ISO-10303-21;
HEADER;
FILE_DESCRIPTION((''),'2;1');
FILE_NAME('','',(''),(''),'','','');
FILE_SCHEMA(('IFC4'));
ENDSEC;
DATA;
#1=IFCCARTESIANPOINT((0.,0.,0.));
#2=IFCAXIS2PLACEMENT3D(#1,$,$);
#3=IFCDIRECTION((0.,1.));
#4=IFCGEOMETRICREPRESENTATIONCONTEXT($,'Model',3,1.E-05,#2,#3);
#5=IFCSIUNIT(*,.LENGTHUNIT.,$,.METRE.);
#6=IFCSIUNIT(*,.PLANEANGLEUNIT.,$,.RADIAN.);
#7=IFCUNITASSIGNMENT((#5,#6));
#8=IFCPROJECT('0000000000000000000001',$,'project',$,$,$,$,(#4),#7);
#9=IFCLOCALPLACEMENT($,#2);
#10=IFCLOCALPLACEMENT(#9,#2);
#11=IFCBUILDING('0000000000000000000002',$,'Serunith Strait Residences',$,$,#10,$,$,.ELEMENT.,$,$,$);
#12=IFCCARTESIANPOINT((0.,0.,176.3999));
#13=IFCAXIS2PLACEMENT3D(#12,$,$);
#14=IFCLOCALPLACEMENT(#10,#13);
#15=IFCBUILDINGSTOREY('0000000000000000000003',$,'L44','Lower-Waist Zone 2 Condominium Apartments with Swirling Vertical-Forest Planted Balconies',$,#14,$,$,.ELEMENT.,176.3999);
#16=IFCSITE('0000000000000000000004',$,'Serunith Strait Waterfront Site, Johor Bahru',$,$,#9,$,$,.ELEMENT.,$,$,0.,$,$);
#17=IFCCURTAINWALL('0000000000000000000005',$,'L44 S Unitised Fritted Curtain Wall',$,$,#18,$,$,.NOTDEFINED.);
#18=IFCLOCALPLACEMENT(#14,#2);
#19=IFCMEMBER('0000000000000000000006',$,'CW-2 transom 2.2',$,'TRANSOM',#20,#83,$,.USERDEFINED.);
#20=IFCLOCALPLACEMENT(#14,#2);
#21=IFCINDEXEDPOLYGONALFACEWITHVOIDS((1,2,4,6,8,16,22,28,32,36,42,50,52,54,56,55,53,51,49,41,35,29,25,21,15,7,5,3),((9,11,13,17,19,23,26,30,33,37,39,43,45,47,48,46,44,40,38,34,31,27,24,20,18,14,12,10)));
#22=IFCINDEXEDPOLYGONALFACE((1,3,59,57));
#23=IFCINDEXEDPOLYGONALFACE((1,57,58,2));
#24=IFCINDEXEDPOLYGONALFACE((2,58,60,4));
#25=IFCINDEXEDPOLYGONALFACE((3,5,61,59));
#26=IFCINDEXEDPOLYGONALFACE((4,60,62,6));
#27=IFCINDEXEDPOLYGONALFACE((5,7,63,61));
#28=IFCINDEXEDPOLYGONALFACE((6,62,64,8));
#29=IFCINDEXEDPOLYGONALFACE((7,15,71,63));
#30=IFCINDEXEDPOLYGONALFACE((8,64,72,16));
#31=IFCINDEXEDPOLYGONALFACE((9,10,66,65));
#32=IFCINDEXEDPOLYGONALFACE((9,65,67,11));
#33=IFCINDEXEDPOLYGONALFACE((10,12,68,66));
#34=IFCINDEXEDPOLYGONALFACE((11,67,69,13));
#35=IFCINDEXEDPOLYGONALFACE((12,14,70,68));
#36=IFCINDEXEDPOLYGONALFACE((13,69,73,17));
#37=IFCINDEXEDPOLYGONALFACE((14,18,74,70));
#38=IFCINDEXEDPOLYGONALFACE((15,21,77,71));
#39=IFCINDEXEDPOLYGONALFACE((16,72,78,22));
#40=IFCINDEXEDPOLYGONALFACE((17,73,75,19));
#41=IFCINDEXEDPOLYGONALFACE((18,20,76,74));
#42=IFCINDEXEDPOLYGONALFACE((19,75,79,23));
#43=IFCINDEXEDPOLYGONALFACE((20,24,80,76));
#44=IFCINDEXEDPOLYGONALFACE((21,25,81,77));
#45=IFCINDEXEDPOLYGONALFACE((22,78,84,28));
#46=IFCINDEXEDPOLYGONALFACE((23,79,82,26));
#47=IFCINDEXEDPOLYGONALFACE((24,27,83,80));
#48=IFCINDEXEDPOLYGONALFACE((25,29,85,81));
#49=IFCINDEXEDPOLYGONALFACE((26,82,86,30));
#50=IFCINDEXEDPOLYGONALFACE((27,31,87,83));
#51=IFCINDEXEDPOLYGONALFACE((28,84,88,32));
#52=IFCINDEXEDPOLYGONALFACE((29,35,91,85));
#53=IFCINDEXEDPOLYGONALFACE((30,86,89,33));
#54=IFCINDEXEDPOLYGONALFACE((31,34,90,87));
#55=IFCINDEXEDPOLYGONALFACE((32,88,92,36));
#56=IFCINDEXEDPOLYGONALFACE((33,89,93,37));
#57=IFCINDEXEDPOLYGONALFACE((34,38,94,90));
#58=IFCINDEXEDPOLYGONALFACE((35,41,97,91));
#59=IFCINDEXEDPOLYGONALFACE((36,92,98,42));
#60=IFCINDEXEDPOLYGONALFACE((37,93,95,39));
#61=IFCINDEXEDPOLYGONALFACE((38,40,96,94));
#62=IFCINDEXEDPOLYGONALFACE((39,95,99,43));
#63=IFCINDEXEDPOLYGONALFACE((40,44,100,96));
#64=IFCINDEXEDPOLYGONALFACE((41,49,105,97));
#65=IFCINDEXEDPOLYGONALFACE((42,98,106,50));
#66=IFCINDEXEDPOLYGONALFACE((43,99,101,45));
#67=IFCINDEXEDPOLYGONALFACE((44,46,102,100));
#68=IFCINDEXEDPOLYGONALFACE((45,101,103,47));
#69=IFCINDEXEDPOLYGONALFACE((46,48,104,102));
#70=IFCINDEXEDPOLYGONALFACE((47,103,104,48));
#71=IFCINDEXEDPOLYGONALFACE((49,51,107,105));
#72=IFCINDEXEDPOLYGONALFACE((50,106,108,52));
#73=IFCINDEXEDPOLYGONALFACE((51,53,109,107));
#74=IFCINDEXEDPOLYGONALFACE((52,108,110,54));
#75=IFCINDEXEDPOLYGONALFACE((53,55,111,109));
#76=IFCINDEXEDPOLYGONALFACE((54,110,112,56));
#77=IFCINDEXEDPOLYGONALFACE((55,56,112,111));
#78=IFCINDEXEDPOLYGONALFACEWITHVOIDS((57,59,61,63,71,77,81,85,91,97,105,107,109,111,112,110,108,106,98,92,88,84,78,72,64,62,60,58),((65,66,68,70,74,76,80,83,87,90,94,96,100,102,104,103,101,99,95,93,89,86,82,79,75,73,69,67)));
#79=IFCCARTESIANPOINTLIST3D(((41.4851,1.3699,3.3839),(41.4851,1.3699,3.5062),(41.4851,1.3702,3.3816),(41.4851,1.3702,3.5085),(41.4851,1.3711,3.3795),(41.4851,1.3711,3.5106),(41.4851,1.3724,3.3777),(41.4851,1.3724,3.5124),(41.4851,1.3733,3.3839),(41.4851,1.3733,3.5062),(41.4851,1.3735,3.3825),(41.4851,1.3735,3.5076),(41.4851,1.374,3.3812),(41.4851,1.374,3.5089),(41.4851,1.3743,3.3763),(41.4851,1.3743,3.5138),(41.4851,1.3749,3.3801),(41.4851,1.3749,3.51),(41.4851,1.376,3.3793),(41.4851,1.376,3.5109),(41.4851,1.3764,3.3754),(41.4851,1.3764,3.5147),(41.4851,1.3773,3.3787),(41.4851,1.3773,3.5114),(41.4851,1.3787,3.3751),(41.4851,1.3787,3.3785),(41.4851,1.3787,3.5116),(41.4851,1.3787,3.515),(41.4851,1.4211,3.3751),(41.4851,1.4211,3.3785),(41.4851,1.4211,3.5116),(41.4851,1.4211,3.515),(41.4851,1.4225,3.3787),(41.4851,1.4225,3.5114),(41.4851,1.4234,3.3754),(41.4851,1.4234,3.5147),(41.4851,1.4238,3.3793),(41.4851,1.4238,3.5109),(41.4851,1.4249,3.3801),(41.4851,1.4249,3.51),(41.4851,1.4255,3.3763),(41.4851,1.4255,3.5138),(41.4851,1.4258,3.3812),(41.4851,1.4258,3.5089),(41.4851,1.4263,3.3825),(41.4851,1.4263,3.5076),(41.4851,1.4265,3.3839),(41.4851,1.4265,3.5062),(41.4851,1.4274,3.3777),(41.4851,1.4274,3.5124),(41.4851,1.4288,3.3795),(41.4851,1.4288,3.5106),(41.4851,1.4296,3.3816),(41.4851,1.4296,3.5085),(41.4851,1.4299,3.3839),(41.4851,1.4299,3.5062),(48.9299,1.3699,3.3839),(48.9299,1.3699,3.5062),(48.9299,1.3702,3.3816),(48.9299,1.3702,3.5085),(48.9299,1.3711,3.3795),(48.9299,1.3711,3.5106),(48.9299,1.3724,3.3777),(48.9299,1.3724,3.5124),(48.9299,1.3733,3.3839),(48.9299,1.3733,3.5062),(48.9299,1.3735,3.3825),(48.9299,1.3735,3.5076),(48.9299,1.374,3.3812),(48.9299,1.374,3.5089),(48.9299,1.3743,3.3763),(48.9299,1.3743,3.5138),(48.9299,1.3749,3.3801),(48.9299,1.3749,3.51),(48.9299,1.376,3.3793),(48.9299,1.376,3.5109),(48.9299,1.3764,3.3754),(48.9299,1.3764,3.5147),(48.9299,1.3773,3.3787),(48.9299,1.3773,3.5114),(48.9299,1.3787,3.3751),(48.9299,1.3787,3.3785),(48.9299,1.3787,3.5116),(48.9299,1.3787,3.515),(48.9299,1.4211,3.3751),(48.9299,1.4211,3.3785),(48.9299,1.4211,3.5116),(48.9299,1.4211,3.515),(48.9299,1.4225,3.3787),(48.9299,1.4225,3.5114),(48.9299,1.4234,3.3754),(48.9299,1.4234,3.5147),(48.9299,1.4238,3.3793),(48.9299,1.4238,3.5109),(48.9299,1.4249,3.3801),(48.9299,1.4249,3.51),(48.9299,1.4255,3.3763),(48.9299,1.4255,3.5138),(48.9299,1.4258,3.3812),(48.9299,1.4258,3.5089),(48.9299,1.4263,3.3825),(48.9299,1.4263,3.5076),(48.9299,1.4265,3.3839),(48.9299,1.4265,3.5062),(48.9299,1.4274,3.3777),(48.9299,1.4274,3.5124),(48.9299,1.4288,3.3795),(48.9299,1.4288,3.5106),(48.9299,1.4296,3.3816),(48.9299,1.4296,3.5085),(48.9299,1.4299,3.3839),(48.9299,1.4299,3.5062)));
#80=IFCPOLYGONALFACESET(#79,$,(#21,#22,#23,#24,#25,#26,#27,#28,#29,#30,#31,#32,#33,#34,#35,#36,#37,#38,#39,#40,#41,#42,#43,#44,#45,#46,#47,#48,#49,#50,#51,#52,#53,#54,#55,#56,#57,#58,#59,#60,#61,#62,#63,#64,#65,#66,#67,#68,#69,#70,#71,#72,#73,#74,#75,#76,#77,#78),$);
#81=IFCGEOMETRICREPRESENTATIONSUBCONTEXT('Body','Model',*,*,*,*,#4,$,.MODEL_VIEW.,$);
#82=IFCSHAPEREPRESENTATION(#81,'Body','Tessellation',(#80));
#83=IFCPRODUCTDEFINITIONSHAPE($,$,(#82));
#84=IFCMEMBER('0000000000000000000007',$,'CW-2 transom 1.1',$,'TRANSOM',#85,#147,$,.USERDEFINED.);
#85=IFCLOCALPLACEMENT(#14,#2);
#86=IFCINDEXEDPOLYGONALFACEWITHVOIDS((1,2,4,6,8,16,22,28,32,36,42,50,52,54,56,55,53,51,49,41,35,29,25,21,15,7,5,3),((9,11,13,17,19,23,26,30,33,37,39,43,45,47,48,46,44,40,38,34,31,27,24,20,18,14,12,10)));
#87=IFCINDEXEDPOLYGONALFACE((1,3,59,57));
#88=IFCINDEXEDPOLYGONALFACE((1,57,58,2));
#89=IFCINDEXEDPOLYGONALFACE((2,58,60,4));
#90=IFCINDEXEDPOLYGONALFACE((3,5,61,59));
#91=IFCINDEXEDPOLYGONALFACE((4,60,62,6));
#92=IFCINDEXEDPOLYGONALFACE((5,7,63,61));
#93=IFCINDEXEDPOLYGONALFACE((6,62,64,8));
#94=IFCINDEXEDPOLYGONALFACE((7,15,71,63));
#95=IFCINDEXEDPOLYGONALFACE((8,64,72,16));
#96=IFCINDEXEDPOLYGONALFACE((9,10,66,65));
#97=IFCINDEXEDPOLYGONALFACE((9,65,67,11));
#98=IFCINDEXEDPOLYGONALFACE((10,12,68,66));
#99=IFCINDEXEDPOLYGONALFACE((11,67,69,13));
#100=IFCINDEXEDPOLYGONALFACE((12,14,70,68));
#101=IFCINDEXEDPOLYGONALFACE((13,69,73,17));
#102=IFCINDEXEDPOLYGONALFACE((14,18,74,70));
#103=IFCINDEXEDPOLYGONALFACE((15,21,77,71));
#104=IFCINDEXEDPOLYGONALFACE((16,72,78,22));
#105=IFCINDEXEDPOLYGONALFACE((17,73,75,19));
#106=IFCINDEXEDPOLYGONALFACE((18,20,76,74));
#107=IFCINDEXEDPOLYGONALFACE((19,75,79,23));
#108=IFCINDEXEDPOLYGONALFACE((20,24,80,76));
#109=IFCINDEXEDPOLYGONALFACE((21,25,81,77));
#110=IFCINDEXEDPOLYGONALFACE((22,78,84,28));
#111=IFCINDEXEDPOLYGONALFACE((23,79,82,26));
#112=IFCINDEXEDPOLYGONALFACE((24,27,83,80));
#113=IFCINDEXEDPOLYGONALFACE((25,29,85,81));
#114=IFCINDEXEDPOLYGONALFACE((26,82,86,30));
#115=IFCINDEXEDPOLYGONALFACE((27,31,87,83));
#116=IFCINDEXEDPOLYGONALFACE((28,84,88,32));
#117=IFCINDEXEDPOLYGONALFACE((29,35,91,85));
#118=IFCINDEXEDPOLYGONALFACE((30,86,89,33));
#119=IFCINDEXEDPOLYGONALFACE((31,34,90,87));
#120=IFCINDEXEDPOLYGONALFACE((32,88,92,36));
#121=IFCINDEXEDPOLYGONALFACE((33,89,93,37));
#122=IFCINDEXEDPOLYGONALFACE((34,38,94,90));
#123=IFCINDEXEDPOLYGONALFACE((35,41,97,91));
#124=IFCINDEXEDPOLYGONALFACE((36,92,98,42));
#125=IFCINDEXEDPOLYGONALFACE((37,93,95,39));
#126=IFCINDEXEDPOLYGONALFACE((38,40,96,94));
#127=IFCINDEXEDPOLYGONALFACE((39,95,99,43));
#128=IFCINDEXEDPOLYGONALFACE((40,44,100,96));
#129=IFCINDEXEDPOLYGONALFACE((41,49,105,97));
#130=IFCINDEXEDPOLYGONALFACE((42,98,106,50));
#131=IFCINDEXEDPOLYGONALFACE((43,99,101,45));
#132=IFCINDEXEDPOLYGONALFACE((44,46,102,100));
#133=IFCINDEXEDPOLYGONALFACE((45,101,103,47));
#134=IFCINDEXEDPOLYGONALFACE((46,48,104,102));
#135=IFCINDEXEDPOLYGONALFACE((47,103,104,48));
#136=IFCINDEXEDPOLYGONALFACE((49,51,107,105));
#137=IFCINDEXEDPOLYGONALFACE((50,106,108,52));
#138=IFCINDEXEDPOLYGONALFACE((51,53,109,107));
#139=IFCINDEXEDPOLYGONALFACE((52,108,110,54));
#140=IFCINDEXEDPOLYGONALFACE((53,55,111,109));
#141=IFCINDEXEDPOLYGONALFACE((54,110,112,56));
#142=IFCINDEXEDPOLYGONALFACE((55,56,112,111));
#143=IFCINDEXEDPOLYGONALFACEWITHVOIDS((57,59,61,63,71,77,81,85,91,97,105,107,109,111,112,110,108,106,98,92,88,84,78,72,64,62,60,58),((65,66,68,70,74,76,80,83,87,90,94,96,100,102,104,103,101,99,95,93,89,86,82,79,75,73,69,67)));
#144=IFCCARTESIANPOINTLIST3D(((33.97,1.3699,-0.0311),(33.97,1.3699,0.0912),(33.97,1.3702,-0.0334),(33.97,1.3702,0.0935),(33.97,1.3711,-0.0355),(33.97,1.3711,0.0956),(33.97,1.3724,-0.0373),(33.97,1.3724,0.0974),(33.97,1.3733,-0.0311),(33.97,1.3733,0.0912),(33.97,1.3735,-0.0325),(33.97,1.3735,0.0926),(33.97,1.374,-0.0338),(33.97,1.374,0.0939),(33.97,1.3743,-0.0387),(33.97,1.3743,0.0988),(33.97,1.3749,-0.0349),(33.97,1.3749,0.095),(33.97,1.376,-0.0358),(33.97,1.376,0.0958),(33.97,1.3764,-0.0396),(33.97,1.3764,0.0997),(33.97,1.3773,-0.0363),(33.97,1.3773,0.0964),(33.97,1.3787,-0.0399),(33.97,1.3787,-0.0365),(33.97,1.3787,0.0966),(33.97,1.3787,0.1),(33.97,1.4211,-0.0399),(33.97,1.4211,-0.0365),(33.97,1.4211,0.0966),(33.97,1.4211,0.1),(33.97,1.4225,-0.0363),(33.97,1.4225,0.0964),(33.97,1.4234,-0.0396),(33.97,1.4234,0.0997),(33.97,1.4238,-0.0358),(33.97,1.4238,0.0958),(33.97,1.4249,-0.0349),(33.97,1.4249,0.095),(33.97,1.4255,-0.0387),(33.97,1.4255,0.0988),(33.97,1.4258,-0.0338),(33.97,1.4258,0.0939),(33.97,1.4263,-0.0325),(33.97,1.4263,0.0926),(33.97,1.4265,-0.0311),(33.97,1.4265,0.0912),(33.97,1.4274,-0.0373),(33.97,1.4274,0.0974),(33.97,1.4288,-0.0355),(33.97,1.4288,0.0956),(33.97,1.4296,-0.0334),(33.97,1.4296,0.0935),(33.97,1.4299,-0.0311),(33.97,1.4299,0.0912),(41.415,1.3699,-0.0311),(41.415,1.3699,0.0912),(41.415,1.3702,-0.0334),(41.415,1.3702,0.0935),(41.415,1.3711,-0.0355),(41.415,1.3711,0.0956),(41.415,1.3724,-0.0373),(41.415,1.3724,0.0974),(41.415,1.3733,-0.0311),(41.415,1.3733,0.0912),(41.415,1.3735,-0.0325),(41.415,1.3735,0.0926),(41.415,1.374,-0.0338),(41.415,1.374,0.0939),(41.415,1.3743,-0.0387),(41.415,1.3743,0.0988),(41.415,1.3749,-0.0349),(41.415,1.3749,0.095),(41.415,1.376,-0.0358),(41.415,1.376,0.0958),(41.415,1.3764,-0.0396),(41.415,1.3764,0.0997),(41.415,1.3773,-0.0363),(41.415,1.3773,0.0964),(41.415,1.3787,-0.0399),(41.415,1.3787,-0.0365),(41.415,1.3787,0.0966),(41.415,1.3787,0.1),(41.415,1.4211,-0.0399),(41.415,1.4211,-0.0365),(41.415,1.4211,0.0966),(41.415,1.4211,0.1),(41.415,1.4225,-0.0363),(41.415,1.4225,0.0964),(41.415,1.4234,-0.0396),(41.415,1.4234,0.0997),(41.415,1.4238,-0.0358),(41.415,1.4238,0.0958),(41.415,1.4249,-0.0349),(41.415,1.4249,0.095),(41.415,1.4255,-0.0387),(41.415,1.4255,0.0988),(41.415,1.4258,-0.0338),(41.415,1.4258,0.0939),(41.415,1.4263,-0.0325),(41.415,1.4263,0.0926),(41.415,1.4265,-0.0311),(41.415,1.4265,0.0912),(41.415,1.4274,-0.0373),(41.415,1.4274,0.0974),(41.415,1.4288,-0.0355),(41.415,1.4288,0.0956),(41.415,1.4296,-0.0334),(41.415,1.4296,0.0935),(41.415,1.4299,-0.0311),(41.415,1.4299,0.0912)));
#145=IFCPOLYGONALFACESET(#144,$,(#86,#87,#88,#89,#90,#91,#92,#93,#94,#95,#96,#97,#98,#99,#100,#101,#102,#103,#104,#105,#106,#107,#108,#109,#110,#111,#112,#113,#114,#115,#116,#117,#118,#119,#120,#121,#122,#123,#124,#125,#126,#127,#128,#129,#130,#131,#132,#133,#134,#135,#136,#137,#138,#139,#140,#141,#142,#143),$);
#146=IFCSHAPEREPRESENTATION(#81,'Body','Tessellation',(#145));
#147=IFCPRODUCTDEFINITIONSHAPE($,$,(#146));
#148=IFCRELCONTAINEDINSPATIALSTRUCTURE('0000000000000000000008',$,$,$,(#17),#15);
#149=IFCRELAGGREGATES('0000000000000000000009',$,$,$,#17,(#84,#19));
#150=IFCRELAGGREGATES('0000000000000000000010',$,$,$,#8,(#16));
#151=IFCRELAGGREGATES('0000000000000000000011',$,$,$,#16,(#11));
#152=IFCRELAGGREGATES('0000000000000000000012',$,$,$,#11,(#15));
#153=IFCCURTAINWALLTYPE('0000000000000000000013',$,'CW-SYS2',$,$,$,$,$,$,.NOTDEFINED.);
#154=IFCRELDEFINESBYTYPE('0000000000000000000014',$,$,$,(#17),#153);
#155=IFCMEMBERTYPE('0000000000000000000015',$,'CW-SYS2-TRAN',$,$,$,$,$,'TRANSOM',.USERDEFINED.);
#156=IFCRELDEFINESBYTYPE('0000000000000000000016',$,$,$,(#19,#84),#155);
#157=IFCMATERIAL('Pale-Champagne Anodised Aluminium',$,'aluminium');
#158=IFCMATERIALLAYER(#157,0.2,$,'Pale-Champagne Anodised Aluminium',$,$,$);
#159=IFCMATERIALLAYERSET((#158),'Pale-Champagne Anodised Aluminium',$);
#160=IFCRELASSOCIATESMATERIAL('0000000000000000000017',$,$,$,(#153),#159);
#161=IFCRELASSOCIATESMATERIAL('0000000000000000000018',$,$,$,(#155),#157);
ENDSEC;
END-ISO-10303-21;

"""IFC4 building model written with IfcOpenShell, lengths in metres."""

from ifc_helpers import new_model, si_unit, direction, frame, origin, origin_2d, place, context, subcontext, project, spatial, hollow_rectangle, extrude, source, transform, mapped, material, layer, layer_set, material_profile, profile_set, type_object, element, aggregate, save


model = new_model("IFC4")

# Units and contexts
model_context = context("Model", 3, precision=1e-05, world=origin(), true_north=direction((0.0, 1.0)))
body_context = subcontext(model_context, "Body", "Model", "MODEL_VIEW")
ifc_project = project(units=[si_unit("LENGTHUNIT", "METRE"), si_unit("PLANEANGLEUNIT", "RADIAN")], contexts=[model_context])

# Site, building, storey
site_placement = place(None, origin())
site = spatial("IfcSite", under=ifc_project, at=site_placement, Name="Serunith Strait Waterfront Site, Johor Bahru", CompositionType="ELEMENT", RefElevation=0.0)
building_placement = place(site_placement, origin())
building = spatial("IfcBuilding", under=site, at=building_placement, Name="Serunith Strait Residences", CompositionType="ELEMENT")
storey_placement = place(building_placement, frame((0.0, 0.0, 176.3999)))
storey = spatial("IfcBuildingStorey", under=building, at=storey_placement, Name="L44", Description="Lower-Waist Zone 2 Condominium Apartments with Swirling Vertical-Forest Planted Balconies", CompositionType="ELEMENT", Elevation=176.3999)

# Shared definitions
ifc_material_1 = material(Name="Pale-Champagne Anodised Aluminium", Category="aluminium")
ifc_layer_1 = layer(ifc_material_1, 0.2, Name="Pale-Champagne Anodised Aluminium")
ifc_layer_set_1 = layer_set([ifc_layer_1], Name="Pale-Champagne Anodised Aluminium")
curtain_wall_type = type_object("IfcCurtainWallType", Name="CW-SYS2", PredefinedType="NOTDEFINED", material=ifc_layer_set_1)

# Curtain wall, members
curtain_wall_1_placement = place(storey_placement, origin())
curtain_wall_1 = element("IfcCurtainWall", 1, at=curtain_wall_1_placement, inside=storey, type_object=curtain_wall_type, Name="L44 S Unitised Fritted Curtain Wall", PredefinedType="NOTDEFINED")
ifc_material_profile_1 = material_profile(ifc_material_1, hollow_rectangle(XDim=0.0601, YDim=0.1399, WallThickness=0.0034, InnerFilletRadius=0.0054, OuterFilletRadius=0.0088, at=origin_2d()), Name="ALU 140x60x3.5")
ifc_profile_set_1 = profile_set([ifc_material_profile_1], Name="Pale-Champagne Anodised Aluminium")
member_type_1 = type_object("IfcMemberType", Name="CW-SYS2-TRAN", ElementType="TRANSOM", PredefinedType="USERDEFINED", material=ifc_profile_set_1)
shared_shape_1 = source(origin(), body_context, "Body", "SweptSolid", [
    extrude(hollow_rectangle(XDim=0.0601, YDim=0.1399, WallThickness=0.0034, InnerFilletRadius=0.0054, OuterFilletRadius=0.0088, at=origin_2d()), origin(), (0.0, 0.0, 1.0), 7.4448),
])
member_1_placement = place(storey_placement, frame((41.4851, 1.3999, 3.4451), z_axis=(1.0, 0.0, 0.0), x_axis=(0.0, 1.0, 0.0)))
member_1 = element("IfcMember", 2, at=member_1_placement, type_object=member_type_1, Name="CW-2 transom 2.2", ObjectType="TRANSOM", PredefinedType="USERDEFINED", context=body_context, shape_type="MappedRepresentation", body=[
    mapped(shared_shape_1, transform((0.0, 0.0, 0.0), scale=1.0)),
])
shared_shape_2 = source(origin(), body_context, "Body", "SweptSolid", [
    extrude(hollow_rectangle(XDim=0.0601, YDim=0.1399, WallThickness=0.0034, InnerFilletRadius=0.0054, OuterFilletRadius=0.0088, at=origin_2d()), origin(), (0.0, 0.0, 1.0), 7.4451),
])
member_2_placement = place(storey_placement, frame((33.97, 1.3999, 0.03), z_axis=(1.0, 0.0, 0.0), x_axis=(0.0, 1.0, 0.0)))
member_2 = element("IfcMember", 3, at=member_2_placement, type_object=member_type_1, Name="CW-2 transom 1.1", ObjectType="TRANSOM", PredefinedType="USERDEFINED", context=body_context, shape_type="MappedRepresentation", body=[
    mapped(shared_shape_2, transform((0.0, 0.0, 0.0), scale=1.0)),
])
aggregate(curtain_wall_1, [member_2, member_1])

save(model, "model.ifc")
